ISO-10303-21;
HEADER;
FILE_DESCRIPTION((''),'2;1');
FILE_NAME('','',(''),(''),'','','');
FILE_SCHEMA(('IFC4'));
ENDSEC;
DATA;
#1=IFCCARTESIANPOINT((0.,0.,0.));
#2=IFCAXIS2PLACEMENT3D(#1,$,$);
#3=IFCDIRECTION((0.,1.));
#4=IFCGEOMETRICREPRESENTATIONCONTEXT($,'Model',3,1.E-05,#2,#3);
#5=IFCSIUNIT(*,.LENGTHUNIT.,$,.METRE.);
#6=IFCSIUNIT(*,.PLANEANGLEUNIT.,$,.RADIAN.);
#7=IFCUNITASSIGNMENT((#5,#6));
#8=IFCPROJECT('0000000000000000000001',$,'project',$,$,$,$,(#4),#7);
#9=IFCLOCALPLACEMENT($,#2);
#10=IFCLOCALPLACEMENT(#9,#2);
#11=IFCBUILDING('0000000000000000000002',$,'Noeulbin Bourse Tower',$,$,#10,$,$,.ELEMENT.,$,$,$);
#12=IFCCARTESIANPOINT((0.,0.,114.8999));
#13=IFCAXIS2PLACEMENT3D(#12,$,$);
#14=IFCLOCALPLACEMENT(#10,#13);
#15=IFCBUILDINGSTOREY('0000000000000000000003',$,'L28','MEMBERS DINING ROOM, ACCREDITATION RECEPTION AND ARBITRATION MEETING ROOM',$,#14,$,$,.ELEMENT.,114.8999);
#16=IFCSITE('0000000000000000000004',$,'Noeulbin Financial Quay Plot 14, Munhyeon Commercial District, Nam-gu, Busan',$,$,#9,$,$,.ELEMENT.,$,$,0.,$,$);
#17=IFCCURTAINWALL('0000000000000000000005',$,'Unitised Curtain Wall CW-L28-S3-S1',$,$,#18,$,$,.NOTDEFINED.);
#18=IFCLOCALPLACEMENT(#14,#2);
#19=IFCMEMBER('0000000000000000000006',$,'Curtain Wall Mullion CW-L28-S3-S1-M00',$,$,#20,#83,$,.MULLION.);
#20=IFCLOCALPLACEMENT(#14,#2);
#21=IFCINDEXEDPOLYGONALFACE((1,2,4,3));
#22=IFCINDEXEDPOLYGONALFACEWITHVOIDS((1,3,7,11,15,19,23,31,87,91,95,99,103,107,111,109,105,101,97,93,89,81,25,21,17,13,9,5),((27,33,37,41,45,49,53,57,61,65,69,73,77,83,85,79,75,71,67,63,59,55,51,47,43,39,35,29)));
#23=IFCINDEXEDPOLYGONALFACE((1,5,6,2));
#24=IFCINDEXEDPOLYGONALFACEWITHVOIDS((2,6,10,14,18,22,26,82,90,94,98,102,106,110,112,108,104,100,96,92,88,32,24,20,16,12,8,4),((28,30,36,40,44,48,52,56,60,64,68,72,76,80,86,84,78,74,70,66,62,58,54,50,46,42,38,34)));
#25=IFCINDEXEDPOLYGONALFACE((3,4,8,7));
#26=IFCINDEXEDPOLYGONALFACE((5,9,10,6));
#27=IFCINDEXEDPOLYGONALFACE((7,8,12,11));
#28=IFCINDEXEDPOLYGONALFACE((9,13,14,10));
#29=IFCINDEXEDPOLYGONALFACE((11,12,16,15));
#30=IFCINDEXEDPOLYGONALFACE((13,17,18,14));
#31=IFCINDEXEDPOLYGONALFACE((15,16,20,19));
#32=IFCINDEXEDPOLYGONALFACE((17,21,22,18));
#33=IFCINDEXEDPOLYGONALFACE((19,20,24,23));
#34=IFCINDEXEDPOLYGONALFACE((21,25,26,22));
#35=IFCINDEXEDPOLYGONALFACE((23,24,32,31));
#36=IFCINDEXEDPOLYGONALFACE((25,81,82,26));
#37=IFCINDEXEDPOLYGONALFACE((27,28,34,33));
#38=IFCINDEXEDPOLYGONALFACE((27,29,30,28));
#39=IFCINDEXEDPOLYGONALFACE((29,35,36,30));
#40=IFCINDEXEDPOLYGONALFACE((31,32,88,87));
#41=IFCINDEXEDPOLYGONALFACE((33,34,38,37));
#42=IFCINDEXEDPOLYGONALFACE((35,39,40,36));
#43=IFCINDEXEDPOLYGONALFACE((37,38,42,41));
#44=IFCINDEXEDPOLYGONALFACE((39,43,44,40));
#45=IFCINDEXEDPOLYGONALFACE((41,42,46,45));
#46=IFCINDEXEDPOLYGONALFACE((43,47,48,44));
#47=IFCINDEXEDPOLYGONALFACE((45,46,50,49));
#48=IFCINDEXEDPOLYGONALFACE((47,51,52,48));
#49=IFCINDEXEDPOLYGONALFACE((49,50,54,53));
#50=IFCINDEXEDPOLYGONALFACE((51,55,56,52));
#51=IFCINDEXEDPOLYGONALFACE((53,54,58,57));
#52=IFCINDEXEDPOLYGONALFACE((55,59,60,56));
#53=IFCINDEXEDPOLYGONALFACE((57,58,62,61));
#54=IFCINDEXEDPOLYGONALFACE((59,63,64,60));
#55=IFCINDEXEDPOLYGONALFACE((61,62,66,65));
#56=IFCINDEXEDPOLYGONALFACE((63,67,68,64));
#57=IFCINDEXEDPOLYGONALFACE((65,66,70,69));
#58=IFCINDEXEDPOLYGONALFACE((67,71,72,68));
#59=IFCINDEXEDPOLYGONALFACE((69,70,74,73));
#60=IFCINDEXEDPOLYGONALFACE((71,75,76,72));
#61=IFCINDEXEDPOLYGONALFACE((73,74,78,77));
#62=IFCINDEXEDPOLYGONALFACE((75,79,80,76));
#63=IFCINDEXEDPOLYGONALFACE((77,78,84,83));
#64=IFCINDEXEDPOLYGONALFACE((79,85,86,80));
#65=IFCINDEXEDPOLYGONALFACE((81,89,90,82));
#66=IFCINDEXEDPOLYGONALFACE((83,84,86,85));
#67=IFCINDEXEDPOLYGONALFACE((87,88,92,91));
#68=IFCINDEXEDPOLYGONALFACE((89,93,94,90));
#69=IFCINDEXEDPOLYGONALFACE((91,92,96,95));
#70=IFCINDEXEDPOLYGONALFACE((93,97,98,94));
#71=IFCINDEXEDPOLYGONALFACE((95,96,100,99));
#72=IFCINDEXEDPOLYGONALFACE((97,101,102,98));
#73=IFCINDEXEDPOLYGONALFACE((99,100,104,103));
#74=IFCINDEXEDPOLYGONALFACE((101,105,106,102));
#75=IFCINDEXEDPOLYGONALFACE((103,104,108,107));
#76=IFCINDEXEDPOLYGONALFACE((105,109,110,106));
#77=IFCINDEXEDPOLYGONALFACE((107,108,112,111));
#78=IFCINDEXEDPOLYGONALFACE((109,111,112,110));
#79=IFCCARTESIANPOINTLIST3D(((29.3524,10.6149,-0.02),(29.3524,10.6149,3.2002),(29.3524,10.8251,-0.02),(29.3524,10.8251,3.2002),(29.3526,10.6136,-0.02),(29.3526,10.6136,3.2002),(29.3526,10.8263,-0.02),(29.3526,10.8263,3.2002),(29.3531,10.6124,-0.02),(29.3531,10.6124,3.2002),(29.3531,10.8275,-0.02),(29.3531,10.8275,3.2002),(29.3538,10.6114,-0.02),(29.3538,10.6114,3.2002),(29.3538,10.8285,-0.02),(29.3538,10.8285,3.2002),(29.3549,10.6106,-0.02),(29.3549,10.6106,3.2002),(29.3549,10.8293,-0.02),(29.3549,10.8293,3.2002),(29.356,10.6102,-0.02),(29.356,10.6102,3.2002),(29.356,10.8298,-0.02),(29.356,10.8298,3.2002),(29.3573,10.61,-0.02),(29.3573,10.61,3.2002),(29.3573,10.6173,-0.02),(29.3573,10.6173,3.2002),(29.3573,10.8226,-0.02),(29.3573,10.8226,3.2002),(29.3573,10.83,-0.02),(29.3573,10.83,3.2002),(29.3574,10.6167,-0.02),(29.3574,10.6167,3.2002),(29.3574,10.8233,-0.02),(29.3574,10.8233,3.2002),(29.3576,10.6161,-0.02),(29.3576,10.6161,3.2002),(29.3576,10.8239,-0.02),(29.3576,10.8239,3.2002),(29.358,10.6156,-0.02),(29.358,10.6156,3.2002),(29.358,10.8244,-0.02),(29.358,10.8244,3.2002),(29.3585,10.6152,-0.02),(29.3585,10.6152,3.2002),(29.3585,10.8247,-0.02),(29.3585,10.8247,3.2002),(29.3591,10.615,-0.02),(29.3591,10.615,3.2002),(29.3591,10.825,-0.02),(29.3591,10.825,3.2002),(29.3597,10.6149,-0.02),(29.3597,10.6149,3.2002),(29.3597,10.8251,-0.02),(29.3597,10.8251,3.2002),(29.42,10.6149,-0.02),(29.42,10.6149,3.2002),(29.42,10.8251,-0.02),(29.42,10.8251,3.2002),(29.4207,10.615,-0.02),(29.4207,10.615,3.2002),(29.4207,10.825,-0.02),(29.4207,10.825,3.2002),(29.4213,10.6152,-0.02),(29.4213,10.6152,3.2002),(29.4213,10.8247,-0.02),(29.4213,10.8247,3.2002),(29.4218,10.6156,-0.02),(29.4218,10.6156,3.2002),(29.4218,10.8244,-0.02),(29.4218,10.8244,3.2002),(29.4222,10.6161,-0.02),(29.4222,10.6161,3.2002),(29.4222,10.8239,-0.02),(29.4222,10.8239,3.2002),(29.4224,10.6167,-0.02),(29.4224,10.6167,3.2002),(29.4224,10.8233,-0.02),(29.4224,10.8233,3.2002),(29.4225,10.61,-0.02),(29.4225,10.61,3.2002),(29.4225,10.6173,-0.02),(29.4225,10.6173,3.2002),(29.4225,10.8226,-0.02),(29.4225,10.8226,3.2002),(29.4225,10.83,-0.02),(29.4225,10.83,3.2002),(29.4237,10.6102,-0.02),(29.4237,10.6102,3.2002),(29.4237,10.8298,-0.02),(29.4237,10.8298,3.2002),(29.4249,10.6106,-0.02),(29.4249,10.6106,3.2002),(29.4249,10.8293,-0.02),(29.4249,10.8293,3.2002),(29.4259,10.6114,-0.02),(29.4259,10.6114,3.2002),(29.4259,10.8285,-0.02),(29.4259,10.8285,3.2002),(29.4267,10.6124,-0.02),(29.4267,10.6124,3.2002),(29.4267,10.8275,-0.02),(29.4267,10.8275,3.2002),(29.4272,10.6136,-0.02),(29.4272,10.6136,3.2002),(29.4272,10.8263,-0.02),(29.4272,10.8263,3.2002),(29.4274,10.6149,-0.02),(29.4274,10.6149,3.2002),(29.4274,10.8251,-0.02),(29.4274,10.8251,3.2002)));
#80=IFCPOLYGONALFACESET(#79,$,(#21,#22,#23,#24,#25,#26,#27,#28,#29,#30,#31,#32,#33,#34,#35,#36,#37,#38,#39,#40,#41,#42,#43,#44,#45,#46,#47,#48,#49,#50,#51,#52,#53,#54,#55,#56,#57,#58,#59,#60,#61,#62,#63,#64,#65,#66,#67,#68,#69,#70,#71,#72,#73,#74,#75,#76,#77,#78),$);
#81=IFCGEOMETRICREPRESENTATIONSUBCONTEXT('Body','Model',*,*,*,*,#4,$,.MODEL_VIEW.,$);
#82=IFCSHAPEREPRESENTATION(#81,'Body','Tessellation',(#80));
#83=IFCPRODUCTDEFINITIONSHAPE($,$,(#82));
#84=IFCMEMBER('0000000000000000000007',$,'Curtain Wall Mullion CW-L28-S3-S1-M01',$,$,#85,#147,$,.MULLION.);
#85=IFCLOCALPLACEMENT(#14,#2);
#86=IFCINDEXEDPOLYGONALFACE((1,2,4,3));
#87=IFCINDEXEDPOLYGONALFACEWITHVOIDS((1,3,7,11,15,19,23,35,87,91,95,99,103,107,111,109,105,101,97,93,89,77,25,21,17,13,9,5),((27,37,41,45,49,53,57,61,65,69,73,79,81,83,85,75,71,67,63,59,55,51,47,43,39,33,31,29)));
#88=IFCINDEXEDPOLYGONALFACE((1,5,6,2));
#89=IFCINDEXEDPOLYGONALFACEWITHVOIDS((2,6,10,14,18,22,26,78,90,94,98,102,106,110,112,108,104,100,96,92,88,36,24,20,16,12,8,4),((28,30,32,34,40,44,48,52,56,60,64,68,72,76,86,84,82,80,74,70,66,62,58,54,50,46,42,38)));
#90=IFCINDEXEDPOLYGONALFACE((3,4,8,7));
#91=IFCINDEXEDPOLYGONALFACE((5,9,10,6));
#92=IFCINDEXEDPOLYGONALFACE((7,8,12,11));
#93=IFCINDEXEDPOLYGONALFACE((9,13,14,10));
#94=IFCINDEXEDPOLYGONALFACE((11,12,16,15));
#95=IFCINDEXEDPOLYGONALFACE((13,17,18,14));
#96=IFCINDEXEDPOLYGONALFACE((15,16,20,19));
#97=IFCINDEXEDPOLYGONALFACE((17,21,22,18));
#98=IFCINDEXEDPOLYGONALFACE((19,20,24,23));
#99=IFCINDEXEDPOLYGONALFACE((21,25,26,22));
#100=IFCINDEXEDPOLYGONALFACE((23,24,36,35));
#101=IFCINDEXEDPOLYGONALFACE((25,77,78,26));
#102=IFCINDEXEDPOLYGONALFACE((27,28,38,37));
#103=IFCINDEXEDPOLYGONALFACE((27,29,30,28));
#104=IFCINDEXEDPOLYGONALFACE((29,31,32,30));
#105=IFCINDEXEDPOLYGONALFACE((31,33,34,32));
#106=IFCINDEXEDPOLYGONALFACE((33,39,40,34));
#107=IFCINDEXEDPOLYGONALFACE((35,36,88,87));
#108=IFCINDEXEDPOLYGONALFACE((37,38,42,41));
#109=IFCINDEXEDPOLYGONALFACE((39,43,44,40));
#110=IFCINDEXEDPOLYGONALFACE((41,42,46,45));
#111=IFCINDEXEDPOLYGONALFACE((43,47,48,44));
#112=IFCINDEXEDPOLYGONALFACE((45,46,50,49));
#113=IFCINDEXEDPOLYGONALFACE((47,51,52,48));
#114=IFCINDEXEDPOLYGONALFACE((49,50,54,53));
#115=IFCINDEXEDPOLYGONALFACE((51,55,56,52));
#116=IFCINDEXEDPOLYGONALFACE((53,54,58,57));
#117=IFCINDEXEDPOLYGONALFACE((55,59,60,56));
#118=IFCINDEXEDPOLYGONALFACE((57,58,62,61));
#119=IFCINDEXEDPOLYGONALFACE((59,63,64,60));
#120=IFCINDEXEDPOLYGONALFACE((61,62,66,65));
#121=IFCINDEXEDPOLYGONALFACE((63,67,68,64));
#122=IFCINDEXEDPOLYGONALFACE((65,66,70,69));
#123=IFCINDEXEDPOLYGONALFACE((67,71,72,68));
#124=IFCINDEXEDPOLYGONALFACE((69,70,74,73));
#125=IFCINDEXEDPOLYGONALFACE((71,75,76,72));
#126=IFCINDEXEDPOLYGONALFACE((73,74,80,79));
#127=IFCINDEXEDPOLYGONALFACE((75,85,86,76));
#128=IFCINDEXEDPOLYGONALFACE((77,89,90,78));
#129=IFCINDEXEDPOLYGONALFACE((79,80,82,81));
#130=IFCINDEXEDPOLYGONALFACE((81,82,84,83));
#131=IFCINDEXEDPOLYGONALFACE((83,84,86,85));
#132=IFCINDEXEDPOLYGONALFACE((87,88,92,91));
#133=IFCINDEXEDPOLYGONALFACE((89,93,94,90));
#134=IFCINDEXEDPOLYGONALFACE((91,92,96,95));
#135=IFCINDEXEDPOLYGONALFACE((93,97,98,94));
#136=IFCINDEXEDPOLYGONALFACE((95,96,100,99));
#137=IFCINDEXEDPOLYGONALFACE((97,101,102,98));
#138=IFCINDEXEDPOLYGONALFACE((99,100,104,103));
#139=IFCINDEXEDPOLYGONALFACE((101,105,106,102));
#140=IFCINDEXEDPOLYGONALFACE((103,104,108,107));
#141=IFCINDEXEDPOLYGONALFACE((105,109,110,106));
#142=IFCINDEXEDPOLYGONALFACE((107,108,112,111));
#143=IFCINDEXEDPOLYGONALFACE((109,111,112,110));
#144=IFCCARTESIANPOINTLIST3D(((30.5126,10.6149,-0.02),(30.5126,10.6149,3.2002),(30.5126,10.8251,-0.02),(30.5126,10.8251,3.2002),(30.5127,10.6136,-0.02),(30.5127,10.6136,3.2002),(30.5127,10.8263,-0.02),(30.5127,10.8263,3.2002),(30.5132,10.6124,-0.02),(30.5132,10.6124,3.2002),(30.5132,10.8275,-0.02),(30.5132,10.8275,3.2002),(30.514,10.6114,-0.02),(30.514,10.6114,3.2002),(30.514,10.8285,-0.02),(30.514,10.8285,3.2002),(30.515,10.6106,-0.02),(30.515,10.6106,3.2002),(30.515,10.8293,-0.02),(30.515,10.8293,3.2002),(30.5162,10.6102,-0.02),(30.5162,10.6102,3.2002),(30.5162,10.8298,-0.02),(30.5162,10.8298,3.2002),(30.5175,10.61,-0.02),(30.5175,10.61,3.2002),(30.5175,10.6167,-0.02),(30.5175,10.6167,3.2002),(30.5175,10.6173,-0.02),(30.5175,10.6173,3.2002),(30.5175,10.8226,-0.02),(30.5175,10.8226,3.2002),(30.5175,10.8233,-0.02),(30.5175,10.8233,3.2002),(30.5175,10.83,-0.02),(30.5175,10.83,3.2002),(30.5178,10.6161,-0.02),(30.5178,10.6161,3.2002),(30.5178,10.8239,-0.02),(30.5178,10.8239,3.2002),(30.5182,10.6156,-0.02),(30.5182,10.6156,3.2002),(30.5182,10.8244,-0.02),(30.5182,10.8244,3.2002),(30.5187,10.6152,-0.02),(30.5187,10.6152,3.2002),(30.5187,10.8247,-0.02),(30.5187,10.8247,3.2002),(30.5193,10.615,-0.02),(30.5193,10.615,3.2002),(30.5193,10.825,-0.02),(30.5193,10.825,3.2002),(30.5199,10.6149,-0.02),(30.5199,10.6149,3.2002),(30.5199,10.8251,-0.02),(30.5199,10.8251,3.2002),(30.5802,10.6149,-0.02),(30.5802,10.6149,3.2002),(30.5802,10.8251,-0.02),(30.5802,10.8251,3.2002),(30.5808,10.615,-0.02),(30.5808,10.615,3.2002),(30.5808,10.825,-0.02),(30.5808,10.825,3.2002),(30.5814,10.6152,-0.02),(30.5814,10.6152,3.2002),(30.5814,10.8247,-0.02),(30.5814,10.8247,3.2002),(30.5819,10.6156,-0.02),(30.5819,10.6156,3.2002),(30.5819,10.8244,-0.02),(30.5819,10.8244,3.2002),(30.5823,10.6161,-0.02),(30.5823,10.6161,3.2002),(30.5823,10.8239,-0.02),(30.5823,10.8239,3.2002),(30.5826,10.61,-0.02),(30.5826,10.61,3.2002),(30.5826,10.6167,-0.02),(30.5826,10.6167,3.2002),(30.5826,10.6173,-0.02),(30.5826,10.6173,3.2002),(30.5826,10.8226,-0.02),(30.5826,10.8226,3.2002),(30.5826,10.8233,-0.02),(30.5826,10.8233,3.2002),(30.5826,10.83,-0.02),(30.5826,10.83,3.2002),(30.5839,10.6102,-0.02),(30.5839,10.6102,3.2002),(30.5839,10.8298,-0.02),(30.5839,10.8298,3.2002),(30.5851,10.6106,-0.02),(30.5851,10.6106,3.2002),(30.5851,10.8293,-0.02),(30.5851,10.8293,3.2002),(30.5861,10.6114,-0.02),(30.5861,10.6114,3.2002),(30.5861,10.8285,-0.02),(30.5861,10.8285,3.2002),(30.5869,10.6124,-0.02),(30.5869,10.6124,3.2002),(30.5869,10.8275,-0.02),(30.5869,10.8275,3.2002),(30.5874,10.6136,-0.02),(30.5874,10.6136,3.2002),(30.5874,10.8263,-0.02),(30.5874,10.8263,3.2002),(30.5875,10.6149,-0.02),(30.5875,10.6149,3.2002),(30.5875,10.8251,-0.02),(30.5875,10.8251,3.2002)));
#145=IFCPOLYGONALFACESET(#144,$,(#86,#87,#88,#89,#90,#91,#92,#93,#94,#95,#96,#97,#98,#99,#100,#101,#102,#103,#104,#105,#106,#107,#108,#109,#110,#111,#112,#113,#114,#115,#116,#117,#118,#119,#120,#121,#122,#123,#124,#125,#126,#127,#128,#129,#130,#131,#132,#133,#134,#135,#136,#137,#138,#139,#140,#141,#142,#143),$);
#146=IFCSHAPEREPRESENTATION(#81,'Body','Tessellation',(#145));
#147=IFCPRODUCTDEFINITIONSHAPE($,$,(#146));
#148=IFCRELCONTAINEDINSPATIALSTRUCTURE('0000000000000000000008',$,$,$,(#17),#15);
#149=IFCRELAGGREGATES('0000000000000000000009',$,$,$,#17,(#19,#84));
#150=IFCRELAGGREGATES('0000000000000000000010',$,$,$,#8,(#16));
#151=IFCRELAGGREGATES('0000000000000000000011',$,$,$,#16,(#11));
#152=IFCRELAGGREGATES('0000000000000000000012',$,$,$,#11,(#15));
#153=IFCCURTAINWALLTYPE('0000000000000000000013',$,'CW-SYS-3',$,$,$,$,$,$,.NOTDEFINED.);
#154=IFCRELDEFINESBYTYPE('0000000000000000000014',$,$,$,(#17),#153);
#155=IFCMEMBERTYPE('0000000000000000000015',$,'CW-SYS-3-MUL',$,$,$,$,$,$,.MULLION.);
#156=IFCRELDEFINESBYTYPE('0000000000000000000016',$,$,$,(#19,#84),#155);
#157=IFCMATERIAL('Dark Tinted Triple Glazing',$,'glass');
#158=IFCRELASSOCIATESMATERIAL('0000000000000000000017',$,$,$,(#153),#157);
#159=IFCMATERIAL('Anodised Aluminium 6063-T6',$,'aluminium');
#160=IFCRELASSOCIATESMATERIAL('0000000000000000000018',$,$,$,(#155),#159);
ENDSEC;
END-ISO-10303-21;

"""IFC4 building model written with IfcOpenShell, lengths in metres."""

from ifc_helpers import new_model, si_unit, direction, frame, origin, origin_2d, place, context, subcontext, project, spatial, hollow_rectangle, extrude, material, material_profile, profile_set, type_object, element, aggregate, save


model = new_model("IFC4")

# Units and contexts
model_context = context("Model", 3, precision=1e-05, world=origin(), true_north=direction((0.0, 1.0)))
body_context = subcontext(model_context, "Body", "Model", "MODEL_VIEW")
ifc_project = project(units=[si_unit("LENGTHUNIT", "METRE"), si_unit("PLANEANGLEUNIT", "RADIAN")], contexts=[model_context])

# Site, building, storey
site_placement = place(None, origin())
site = spatial("IfcSite", under=ifc_project, at=site_placement, Name="Noeulbin Financial Quay Plot 14, Munhyeon Commercial District, Nam-gu, Busan", CompositionType="ELEMENT", RefElevation=0.0)
building_placement = place(site_placement, origin())
building = spatial("IfcBuilding", under=site, at=building_placement, Name="Noeulbin Bourse Tower", CompositionType="ELEMENT")
storey_placement = place(building_placement, frame((0.0, 0.0, 114.8999)))
storey = spatial("IfcBuildingStorey", under=building, at=storey_placement, Name="L28", Description="MEMBERS DINING ROOM, ACCREDITATION RECEPTION AND ARBITRATION MEETING ROOM", CompositionType="ELEMENT", Elevation=114.8999)

# Curtain wall, members
ifc_material_1 = material(Name="Dark Tinted Triple Glazing", Category="glass")
curtain_wall_type = type_object("IfcCurtainWallType", Name="CW-SYS-3", PredefinedType="NOTDEFINED", material=ifc_material_1)
curtain_wall_1_placement = place(storey_placement, origin())
curtain_wall_1 = element("IfcCurtainWall", 1, at=curtain_wall_1_placement, inside=storey, type_object=curtain_wall_type, Name="Unitised Curtain Wall CW-L28-S3-S1", PredefinedType="NOTDEFINED")
ifc_material_2 = material(Name="Anodised Aluminium 6063-T6", Category="aluminium")
ifc_material_profile_1 = material_profile(ifc_material_2, hollow_rectangle(XDim=0.075, YDim=0.22, WallThickness=0.0049, InnerFilletRadius=0.0024, OuterFilletRadius=0.0049, at=origin_2d()), Name="ALU-MULL-75x220x5", Category="LoadBearing")
ifc_profile_set_1 = profile_set([ifc_material_profile_1], Name="Anodised Aluminium 6063-T6")
member_type_1 = type_object("IfcMemberType", Name="CW-SYS-3-MUL", PredefinedType="MULLION", material=ifc_profile_set_1)
member_1_placement = place(storey_placement, frame((29.3899, 10.72, -0.02), z_axis=(0.0, 0.0, 1.0), x_axis=(1.0, 0.0, 0.0)))
member_1 = element("IfcMember", 2, at=member_1_placement, type_object=member_type_1, Name="Curtain Wall Mullion CW-L28-S3-S1-M00", PredefinedType="MULLION", context=body_context, shape_type="SweptSolid", body=[
    extrude(hollow_rectangle(XDim=0.075, YDim=0.22, WallThickness=0.0049, InnerFilletRadius=0.0024, OuterFilletRadius=0.0049, at=origin_2d()), origin(), (0.0, 0.0, 1.0), 3.2202),
])
member_2_placement = place(storey_placement, frame((30.55, 10.72, -0.02), z_axis=(0.0, 0.0, 1.0), x_axis=(1.0, 0.0, 0.0)))
member_2 = element("IfcMember", 3, at=member_2_placement, type_object=member_type_1, Name="Curtain Wall Mullion CW-L28-S3-S1-M01", PredefinedType="MULLION", context=body_context, shape_type="SweptSolid", body=[
    extrude(hollow_rectangle(XDim=0.075, YDim=0.22, WallThickness=0.0049, InnerFilletRadius=0.0024, OuterFilletRadius=0.0049, at=origin_2d()), origin(), (0.0, 0.0, 1.0), 3.2202),
])

aggregate(curtain_wall_1, [member_1, member_2])

save(model, "model.ifc")
